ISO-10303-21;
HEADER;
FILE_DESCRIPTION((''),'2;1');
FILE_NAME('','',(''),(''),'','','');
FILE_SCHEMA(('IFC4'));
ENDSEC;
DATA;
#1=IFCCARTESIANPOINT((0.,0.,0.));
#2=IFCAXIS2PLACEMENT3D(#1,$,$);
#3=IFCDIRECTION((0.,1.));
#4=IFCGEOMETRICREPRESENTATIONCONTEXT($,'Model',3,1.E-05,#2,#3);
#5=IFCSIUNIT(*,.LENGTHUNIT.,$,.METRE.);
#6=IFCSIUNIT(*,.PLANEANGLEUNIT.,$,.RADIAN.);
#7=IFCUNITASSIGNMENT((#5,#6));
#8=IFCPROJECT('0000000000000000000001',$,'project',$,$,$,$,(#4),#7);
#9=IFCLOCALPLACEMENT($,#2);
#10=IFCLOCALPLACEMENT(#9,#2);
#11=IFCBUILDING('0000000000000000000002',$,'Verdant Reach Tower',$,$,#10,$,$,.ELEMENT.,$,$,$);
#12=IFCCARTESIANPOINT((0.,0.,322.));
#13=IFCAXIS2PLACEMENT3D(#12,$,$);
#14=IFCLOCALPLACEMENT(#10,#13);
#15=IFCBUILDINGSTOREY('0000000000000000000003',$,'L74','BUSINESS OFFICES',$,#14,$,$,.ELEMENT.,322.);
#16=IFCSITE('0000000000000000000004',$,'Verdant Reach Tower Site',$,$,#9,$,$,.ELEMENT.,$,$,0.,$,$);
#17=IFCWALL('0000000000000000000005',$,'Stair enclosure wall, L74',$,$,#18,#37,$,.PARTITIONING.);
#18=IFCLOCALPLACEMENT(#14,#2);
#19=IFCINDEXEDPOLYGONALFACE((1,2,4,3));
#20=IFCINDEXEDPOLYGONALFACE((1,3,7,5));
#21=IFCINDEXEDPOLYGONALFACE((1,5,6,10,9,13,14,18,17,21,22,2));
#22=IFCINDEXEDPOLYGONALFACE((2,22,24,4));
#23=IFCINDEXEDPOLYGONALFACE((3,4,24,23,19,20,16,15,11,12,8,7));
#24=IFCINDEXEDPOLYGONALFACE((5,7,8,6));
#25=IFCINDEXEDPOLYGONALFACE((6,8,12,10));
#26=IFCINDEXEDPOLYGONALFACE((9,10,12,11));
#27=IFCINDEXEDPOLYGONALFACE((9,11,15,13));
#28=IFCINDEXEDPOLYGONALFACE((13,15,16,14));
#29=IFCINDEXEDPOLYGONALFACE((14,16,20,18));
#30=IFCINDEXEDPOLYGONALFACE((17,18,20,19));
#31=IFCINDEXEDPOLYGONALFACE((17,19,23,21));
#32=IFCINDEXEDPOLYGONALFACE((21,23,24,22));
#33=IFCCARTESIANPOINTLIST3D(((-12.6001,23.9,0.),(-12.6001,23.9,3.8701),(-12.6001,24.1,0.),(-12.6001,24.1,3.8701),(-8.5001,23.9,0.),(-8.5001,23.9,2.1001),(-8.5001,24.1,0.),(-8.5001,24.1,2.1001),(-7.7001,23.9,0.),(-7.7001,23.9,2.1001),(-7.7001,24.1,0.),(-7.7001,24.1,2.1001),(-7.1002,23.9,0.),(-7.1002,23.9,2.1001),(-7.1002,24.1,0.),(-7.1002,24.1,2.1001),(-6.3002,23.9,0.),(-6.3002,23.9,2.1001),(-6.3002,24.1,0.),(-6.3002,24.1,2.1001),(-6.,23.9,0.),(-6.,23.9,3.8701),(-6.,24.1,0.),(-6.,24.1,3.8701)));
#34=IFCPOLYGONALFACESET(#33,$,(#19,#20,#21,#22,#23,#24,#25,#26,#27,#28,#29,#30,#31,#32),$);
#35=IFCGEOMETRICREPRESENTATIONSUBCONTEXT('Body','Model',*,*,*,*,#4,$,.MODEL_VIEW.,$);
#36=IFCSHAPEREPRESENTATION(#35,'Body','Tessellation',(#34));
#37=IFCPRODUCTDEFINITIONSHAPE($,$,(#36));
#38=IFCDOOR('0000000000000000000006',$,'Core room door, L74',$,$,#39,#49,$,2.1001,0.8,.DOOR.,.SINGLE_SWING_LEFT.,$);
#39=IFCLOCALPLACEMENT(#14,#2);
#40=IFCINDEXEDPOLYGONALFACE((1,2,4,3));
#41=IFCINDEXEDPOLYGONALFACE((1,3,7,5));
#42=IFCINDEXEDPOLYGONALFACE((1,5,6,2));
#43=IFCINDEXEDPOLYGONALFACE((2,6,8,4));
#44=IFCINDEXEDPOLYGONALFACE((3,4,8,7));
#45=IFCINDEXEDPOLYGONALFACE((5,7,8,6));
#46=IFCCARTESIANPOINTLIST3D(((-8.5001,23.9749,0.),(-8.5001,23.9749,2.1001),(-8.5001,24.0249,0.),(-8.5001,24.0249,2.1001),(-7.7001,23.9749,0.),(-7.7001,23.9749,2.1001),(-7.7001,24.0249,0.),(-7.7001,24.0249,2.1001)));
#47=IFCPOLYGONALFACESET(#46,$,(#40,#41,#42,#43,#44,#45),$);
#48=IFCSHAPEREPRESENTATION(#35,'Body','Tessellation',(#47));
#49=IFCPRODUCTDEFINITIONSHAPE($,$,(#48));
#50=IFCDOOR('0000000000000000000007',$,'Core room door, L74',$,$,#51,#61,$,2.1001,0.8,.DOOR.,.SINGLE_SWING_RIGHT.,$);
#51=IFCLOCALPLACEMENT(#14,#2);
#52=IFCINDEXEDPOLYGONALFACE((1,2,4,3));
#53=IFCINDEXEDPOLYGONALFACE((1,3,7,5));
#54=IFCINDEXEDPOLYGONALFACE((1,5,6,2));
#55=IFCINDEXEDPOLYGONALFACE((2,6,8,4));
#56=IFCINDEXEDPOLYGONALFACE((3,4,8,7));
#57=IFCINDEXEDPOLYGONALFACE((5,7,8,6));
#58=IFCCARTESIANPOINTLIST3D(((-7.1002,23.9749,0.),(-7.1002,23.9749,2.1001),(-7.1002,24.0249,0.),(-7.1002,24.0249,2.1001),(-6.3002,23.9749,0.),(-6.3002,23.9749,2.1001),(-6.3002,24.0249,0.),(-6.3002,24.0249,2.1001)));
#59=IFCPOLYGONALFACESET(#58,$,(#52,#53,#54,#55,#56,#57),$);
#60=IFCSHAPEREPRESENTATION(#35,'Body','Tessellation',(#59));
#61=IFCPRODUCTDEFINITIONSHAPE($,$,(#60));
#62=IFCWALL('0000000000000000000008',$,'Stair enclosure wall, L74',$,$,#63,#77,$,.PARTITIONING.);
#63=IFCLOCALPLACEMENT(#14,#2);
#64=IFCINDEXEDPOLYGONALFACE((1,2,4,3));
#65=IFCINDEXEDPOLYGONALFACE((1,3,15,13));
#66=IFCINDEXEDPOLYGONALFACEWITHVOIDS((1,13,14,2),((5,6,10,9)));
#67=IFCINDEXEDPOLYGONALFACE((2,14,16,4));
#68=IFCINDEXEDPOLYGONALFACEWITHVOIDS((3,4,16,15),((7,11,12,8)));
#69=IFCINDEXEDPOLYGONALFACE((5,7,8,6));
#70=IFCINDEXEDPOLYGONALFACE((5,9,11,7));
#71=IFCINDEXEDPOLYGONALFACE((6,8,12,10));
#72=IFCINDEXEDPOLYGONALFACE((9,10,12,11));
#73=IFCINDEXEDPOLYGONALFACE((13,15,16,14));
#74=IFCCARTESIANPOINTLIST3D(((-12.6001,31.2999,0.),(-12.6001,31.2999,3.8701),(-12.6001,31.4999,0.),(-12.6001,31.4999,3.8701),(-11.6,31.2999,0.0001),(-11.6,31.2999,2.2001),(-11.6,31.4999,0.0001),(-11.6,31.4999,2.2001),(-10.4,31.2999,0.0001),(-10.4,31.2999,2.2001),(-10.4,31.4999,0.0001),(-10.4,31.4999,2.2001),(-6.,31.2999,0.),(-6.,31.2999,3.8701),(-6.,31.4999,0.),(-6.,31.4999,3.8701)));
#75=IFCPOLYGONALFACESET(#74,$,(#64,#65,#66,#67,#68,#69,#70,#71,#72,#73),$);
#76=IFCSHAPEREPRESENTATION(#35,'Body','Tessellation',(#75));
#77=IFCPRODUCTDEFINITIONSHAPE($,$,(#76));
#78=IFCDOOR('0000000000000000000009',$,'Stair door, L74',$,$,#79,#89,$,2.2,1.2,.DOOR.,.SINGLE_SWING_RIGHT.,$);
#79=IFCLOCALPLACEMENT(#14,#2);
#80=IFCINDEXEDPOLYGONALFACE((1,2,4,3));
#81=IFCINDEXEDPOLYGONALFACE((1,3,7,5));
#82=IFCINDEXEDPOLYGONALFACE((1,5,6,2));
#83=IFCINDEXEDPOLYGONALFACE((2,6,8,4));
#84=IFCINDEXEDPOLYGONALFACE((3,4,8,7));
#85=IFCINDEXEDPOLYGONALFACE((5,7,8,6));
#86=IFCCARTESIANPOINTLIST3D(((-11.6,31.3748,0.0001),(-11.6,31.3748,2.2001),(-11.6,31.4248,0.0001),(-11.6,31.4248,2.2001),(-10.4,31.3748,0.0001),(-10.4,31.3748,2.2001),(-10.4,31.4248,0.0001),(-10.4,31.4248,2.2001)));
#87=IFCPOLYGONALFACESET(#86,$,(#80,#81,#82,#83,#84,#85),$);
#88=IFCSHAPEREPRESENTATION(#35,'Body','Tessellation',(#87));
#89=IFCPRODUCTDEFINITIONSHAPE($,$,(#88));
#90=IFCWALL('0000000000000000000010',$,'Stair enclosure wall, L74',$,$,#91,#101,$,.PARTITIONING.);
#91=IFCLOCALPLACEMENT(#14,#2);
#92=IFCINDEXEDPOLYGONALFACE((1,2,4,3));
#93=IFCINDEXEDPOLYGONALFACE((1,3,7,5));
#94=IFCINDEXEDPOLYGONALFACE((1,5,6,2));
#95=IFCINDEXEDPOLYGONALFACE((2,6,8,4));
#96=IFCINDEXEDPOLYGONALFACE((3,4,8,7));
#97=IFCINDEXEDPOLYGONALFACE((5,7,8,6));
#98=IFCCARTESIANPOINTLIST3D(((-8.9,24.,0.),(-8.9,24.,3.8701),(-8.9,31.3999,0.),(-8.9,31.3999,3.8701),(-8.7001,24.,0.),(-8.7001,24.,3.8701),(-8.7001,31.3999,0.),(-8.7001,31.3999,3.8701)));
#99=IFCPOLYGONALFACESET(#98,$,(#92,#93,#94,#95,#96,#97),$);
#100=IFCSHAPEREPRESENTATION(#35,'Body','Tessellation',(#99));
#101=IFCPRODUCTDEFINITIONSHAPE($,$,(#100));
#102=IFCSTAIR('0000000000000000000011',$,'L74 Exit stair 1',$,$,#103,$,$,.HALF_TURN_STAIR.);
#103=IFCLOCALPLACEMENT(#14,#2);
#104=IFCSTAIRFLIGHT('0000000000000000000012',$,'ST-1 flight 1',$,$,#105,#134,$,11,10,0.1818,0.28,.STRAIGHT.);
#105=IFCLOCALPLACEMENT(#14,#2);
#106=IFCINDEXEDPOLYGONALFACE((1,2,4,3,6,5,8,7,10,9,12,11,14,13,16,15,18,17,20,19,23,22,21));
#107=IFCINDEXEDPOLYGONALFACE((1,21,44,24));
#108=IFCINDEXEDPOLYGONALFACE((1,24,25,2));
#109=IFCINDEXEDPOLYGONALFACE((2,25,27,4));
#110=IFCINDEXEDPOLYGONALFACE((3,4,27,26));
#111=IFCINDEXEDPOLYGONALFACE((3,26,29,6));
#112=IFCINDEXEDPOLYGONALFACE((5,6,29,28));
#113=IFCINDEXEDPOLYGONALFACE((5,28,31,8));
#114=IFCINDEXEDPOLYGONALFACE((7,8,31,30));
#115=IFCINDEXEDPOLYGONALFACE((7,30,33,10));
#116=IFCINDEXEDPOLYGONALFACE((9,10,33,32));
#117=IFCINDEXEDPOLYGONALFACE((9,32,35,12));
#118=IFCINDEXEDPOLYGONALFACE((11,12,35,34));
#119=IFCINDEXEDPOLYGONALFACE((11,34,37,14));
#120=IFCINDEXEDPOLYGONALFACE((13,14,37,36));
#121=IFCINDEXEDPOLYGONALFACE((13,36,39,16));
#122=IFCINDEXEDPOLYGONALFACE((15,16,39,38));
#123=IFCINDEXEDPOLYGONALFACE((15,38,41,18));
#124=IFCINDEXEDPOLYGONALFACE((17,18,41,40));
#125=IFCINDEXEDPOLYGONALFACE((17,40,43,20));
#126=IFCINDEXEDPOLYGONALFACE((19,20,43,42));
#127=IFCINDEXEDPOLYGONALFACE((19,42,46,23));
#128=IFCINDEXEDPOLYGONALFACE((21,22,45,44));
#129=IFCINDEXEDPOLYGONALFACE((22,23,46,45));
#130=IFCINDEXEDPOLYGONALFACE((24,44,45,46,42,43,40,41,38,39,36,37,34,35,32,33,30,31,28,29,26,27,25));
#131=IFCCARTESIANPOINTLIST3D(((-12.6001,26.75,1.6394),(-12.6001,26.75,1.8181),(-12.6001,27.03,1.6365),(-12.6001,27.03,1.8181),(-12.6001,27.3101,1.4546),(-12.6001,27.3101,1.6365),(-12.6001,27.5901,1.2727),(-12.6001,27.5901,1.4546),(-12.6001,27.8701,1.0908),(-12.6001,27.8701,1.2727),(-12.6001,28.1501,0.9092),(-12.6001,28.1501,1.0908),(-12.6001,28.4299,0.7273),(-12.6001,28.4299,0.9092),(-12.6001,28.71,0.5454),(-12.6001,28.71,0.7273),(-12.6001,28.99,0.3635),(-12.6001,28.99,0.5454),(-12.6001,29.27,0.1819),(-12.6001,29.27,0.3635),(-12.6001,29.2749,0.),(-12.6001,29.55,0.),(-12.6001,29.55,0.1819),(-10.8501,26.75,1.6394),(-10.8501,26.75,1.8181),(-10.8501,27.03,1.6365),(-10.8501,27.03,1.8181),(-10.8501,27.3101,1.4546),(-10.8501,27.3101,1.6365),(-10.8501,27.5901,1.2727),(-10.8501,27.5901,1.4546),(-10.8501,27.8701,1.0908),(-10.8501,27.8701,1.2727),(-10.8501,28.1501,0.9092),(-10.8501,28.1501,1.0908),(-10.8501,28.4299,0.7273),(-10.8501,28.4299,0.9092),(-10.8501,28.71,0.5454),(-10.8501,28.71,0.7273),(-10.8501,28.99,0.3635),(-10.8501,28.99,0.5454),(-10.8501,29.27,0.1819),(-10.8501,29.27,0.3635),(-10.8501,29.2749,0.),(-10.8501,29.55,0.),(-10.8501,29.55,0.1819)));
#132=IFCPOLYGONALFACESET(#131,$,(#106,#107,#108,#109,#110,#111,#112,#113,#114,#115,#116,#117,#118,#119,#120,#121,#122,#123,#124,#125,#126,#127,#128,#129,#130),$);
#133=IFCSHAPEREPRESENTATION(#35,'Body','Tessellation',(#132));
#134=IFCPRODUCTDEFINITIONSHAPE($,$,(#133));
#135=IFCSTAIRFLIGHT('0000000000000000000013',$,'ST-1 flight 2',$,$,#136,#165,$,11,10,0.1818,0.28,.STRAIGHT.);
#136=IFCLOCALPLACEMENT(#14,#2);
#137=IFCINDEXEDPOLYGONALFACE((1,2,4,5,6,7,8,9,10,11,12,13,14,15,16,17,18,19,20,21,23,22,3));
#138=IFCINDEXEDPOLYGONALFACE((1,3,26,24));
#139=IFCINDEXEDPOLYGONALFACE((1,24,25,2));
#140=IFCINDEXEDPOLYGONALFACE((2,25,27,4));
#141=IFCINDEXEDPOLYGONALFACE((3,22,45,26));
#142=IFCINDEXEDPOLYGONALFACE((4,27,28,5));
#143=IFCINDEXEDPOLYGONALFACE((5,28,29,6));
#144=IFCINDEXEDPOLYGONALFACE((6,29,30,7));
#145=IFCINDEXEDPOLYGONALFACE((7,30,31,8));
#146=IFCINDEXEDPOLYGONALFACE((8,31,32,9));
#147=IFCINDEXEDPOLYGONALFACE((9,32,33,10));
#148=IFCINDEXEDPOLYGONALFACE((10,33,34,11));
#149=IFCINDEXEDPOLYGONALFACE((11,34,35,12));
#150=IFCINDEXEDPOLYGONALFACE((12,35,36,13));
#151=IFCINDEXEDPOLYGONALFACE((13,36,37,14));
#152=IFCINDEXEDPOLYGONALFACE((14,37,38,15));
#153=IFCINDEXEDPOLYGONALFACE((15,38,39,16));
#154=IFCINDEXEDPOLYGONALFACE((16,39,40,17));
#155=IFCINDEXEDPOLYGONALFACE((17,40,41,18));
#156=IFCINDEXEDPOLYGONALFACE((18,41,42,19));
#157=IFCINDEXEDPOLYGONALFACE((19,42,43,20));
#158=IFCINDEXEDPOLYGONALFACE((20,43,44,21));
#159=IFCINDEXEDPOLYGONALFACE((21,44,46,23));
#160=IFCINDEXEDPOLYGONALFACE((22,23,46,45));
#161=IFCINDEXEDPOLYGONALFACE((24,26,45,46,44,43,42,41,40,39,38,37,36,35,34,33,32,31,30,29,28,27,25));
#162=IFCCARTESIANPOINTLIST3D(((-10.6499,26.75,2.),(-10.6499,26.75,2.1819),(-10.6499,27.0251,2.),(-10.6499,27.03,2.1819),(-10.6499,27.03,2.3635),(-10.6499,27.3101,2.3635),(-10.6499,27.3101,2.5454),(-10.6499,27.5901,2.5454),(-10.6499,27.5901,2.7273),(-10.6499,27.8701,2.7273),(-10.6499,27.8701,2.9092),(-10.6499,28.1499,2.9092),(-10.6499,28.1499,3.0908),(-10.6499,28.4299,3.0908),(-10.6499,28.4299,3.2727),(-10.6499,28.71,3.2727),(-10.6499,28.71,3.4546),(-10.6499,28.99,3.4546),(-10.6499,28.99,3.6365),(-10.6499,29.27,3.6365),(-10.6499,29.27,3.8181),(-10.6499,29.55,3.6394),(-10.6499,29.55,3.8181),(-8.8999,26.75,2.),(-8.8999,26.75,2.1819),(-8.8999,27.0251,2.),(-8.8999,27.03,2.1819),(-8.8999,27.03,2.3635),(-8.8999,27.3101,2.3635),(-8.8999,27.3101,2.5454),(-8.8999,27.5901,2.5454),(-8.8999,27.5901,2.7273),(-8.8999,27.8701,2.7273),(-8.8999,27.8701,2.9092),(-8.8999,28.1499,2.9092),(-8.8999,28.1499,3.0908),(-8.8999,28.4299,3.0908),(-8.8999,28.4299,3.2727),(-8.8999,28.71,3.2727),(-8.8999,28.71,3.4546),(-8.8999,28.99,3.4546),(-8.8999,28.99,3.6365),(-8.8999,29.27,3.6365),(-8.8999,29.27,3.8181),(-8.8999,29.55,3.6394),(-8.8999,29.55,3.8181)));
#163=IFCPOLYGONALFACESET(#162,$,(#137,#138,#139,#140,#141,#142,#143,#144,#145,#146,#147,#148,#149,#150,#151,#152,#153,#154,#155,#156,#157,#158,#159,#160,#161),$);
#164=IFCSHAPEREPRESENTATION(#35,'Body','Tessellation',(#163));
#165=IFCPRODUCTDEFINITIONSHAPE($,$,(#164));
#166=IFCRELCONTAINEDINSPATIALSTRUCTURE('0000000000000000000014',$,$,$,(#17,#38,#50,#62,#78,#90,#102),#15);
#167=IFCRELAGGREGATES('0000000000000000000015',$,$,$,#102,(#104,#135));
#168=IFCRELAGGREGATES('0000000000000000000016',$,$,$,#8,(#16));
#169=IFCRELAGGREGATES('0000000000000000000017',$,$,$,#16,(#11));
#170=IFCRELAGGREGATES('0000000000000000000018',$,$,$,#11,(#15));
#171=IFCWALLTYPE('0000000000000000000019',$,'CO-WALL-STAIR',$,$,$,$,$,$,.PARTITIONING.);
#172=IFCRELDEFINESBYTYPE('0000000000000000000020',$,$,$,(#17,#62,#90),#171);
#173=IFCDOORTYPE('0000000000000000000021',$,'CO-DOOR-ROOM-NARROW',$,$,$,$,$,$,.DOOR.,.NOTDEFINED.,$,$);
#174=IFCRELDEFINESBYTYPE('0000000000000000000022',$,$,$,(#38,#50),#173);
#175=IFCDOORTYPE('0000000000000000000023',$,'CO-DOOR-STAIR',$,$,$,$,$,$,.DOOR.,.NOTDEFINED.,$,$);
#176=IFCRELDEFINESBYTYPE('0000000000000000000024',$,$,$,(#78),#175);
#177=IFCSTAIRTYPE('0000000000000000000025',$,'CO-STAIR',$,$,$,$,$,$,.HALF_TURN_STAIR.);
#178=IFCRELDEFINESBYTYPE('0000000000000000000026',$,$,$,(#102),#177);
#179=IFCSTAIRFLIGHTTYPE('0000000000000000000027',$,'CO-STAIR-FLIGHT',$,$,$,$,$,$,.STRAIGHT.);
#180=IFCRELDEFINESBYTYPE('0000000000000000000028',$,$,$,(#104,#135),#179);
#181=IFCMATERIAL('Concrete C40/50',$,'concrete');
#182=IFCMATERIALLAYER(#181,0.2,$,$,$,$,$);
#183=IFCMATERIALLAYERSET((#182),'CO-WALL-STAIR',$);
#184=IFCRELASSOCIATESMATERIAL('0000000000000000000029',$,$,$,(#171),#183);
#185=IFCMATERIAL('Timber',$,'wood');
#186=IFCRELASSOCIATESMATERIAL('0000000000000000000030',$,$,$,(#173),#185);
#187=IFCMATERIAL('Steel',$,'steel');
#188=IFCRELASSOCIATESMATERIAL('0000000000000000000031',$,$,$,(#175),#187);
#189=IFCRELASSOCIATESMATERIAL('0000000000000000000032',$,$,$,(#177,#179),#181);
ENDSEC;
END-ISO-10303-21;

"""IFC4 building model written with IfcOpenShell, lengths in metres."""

from ifc_helpers import new_model, si_unit, direction, frame, frame_2d, origin, place, context, subcontext, project, spatial, polyline, rectangle, outline, extrude, material, layer, layer_set, type_object, element, fill, aggregate, save


model = new_model("IFC4")

# Units and contexts
model_context = context("Model", 3, precision=1e-05, world=origin(), true_north=direction((0.0, 1.0)))
body_context = subcontext(model_context, "Body", "Model", "MODEL_VIEW")
ifc_project = project(units=[si_unit("LENGTHUNIT", "METRE"), si_unit("PLANEANGLEUNIT", "RADIAN")], contexts=[model_context])

# Site, building, storey
site_placement = place(None, origin())
site = spatial("IfcSite", under=ifc_project, at=site_placement, Name="Verdant Reach Tower Site", CompositionType="ELEMENT", RefElevation=0.0)
building_placement = place(site_placement, origin())
building = spatial("IfcBuilding", under=site, at=building_placement, Name="Verdant Reach Tower", CompositionType="ELEMENT")
storey_placement = place(building_placement, frame((0.0, 0.0, 322.0)))
storey = spatial("IfcBuildingStorey", under=building, at=storey_placement, Name="L74", Description="BUSINESS OFFICES", CompositionType="ELEMENT", Elevation=322.0)

# Shared definitions
ifc_material_1 = material(Name="Timber", Category="wood")

# Wall, openings, doors
ifc_material_2 = material(Name="Concrete C40/50", Category="concrete")
ifc_material_3 = material(Name="Steel", Category="steel")
ifc_layer_1 = layer(ifc_material_2, 0.2)
ifc_layer_set_1 = layer_set([ifc_layer_1], Name="CO-WALL-STAIR")
wall_type_1 = type_object("IfcWallType", Name="CO-WALL-STAIR", PredefinedType="PARTITIONING", material=ifc_layer_set_1)
wall_1_placement = place(storey_placement, frame((-12.6001, 24.0, 0.0), z_axis=(0.0, 0.0, 1.0), x_axis=(1.0, 0.0, 0.0)))
wall_1 = element("IfcWall", 1, at=wall_1_placement, inside=storey, type_object=wall_type_1, Name="Stair enclosure wall, L74", PredefinedType="PARTITIONING", context=body_context, shape_type="SweptSolid", body=[
    extrude(rectangle(XDim=6.6001, YDim=0.2, at=frame_2d((3.3, 0.0))), origin(), (0.0, 0.0, 1.0), 3.8701),
])
opening_1_placement = place(wall_1_placement, frame((4.1001, 0.0, 0.0)))
opening_1 = element("IfcOpeningElement", 2, at=opening_1_placement, cuts=wall_1, PredefinedType="OPENING", context=body_context, shape_type="SweptSolid", body=[
    extrude(rectangle(XDim=0.8, YDim=2.1001, at=frame_2d((0.3999, 1.05))), frame((0.0, 0.1099, 0.0), z_axis=(0.0, -1.0, 0.0), x_axis=(1.0, 0.0, 0.0)), (0.0, 0.0, 1.0), 0.22),
])
opening_2_placement = place(wall_1_placement, frame((5.5, 0.0, 0.0)))
opening_2 = element("IfcOpeningElement", 3, at=opening_2_placement, cuts=wall_1, PredefinedType="OPENING", context=body_context, shape_type="SweptSolid", body=[
    extrude(rectangle(XDim=0.8, YDim=2.1001, at=frame_2d((0.3999, 1.05))), frame((0.0, 0.1099, 0.0), z_axis=(0.0, -1.0, 0.0), x_axis=(1.0, 0.0, 0.0)), (0.0, 0.0, 1.0), 0.22),
])
door_type_1 = type_object("IfcDoorType", Name="CO-DOOR-ROOM-NARROW", OperationType="NOTDEFINED", PredefinedType="DOOR", material=ifc_material_1)
door_1_placement = place(opening_1_placement, origin())
door_1 = element("IfcDoor", 4, at=door_1_placement, inside=storey, type_object=door_type_1, Name="Core room door, L74", OperationType="SINGLE_SWING_LEFT", OverallHeight=2.1001, OverallWidth=0.8, PredefinedType="DOOR", context=body_context, shape_type="SweptSolid", body=[
    extrude(rectangle(XDim=0.8, YDim=2.1001, at=frame_2d((0.3999, 1.05))), frame((0.0, 0.0249, 0.0), z_axis=(0.0, -1.0, 0.0), x_axis=(1.0, 0.0, 0.0)), (0.0, 0.0, 1.0), 0.05),
])
fill(opening_1, door_1)
door_2_placement = place(opening_2_placement, origin())
door_2 = element("IfcDoor", 5, at=door_2_placement, inside=storey, type_object=door_type_1, Name="Core room door, L74", OperationType="SINGLE_SWING_RIGHT", OverallHeight=2.1001, OverallWidth=0.8, PredefinedType="DOOR", context=body_context, shape_type="SweptSolid", body=[
    extrude(rectangle(XDim=0.8, YDim=2.1001, at=frame_2d((0.3999, 1.05))), frame((0.0, 0.0249, 0.0), z_axis=(0.0, -1.0, 0.0), x_axis=(1.0, 0.0, 0.0)), (0.0, 0.0, 1.0), 0.05),
])
fill(opening_2, door_2)

# Wall, opening, door
wall_2_placement = place(storey_placement, frame((-12.6001, 31.3999, 0.0), z_axis=(0.0, 0.0, 1.0), x_axis=(1.0, 0.0, 0.0)))
wall_2 = element("IfcWall", 6, at=wall_2_placement, inside=storey, type_object=wall_type_1, Name="Stair enclosure wall, L74", PredefinedType="PARTITIONING", context=body_context, shape_type="SweptSolid", body=[
    extrude(rectangle(XDim=6.6001, YDim=0.2, at=frame_2d((3.3, 0.0))), origin(), (0.0, 0.0, 1.0), 3.8701),
])
opening_3_placement = place(wall_2_placement, frame((1.0, 0.0, 0.0)))
opening_3 = element("IfcOpeningElement", 7, at=opening_3_placement, cuts=wall_2, PredefinedType="OPENING", context=body_context, shape_type="SweptSolid", body=[
    extrude(rectangle(XDim=1.2, YDim=2.2, at=frame_2d((0.6001, 1.1001))), frame((0.0, 0.1099, 0.0), z_axis=(0.0, -1.0, 0.0), x_axis=(1.0, 0.0, 0.0)), (0.0, 0.0, 1.0), 0.22),
])
door_type_2 = type_object("IfcDoorType", Name="CO-DOOR-STAIR", OperationType="NOTDEFINED", PredefinedType="DOOR", material=ifc_material_3)
door_3_placement = place(opening_3_placement, origin())
door_3 = element("IfcDoor", 8, at=door_3_placement, inside=storey, type_object=door_type_2, Name="Stair door, L74", OperationType="SINGLE_SWING_RIGHT", OverallHeight=2.2, OverallWidth=1.2, PredefinedType="DOOR", context=body_context, shape_type="SweptSolid", body=[
    extrude(rectangle(XDim=1.2, YDim=2.2, at=frame_2d((0.6001, 1.1001))), frame((0.0, 0.0249, 0.0), z_axis=(0.0, -1.0, 0.0), x_axis=(1.0, 0.0, 0.0)), (0.0, 0.0, 1.0), 0.05),
])
fill(opening_3, door_3)

# Wall
wall_3_placement = place(storey_placement, frame((-8.8, 24.0, 0.0), z_axis=(0.0, 0.0, 1.0), x_axis=(0.0, 1.0, 0.0)))
element("IfcWall", 9, at=wall_3_placement, inside=storey, type_object=wall_type_1, Name="Stair enclosure wall, L74", PredefinedType="PARTITIONING", context=body_context, shape_type="SweptSolid", body=[
    extrude(rectangle(XDim=7.3999, YDim=0.2, at=frame_2d((3.7, 0.0))), origin(), (0.0, 0.0, 1.0), 3.8701),
])

# Stair, stair flights
stair_type = type_object("IfcStairType", Name="CO-STAIR", PredefinedType="HALF_TURN_STAIR", material=ifc_material_2)
stair_placement = place(storey_placement, origin())
stair = element("IfcStair", 10, at=stair_placement, inside=storey, type_object=stair_type, Name="L74 Exit stair 1", PredefinedType="HALF_TURN_STAIR")
stair_flight_type = type_object("IfcStairFlightType", Name="CO-STAIR-FLIGHT", PredefinedType="STRAIGHT", material=ifc_material_2)
stair_flight_1_placement = place(storey_placement, frame((-11.7251, 29.55, 0.0), z_axis=(0.0, 0.0, 1.0), x_axis=(0.0, -1.0, 0.0)))
stair_flight_1 = element("IfcStairFlight", 11, at=stair_flight_1_placement, type_object=stair_flight_type, Name="ST-1 flight 1", NumberOfRisers=11, NumberOfTreads=10, PredefinedType="STRAIGHT", RiserHeight=0.1818, TreadLength=0.28, context=body_context, shape_type="SweptSolid", body=[
    extrude(outline(polyline([(0.0, 0.0), (0.0, 0.1819), (0.28, 0.1819), (0.28, 0.3635), (0.5601, 0.3635), (0.5601, 0.5454), (0.8401, 0.5454), (0.8401, 0.7273), (1.1201, 0.7273), (1.1201, 0.9092), (1.3999, 0.9092), (1.3999, 1.0908), (1.6799, 1.0908), (1.6799, 1.2727), (1.96, 1.2727), (1.96, 1.4546), (2.24, 1.4546), (2.24, 1.6365), (2.52, 1.6365), (2.52, 1.8181), (2.8, 1.8181), (2.8, 2.0), (2.8, 1.6394), (0.2751, 0.0), (0.0, 0.0)])), frame((0.0, 0.875, 0.0), z_axis=(0.0, -1.0, 0.0), x_axis=(1.0, 0.0, 0.0)), (0.0, 0.0, 1.0), 1.75),
])
stair_flight_2_placement = place(storey_placement, frame((-9.7749, 26.75, 2.0), z_axis=(0.0, 0.0, 1.0), x_axis=(0.0, 1.0, 0.0)))
stair_flight_2 = element("IfcStairFlight", 12, at=stair_flight_2_placement, type_object=stair_flight_type, Name="ST-1 flight 2", NumberOfRisers=11, NumberOfTreads=10, PredefinedType="STRAIGHT", RiserHeight=0.1818, TreadLength=0.28, context=body_context, shape_type="SweptSolid", body=[
    extrude(outline(polyline([(0.0, 0.0), (0.0, 0.1819), (0.28, 0.1819), (0.28, 0.3635), (0.5601, 0.3635), (0.5601, 0.5454), (0.8401, 0.5454), (0.8401, 0.7273), (1.1201, 0.7273), (1.1201, 0.9092), (1.3999, 0.9092), (1.3999, 1.0908), (1.6799, 1.0908), (1.6799, 1.2727), (1.96, 1.2727), (1.96, 1.4546), (2.24, 1.4546), (2.24, 1.6365), (2.52, 1.6365), (2.52, 1.8181), (2.8, 1.8181), (2.8, 2.0), (2.8, 1.6394), (0.2751, 0.0), (0.0, 0.0)])), frame((0.0, 0.875, 0.0), z_axis=(0.0, -1.0, 0.0), x_axis=(1.0, 0.0, 0.0)), (0.0, 0.0, 1.0), 1.75),
])
aggregate(stair, [stair_flight_1, stair_flight_2])

save(model, "model.ifc")
